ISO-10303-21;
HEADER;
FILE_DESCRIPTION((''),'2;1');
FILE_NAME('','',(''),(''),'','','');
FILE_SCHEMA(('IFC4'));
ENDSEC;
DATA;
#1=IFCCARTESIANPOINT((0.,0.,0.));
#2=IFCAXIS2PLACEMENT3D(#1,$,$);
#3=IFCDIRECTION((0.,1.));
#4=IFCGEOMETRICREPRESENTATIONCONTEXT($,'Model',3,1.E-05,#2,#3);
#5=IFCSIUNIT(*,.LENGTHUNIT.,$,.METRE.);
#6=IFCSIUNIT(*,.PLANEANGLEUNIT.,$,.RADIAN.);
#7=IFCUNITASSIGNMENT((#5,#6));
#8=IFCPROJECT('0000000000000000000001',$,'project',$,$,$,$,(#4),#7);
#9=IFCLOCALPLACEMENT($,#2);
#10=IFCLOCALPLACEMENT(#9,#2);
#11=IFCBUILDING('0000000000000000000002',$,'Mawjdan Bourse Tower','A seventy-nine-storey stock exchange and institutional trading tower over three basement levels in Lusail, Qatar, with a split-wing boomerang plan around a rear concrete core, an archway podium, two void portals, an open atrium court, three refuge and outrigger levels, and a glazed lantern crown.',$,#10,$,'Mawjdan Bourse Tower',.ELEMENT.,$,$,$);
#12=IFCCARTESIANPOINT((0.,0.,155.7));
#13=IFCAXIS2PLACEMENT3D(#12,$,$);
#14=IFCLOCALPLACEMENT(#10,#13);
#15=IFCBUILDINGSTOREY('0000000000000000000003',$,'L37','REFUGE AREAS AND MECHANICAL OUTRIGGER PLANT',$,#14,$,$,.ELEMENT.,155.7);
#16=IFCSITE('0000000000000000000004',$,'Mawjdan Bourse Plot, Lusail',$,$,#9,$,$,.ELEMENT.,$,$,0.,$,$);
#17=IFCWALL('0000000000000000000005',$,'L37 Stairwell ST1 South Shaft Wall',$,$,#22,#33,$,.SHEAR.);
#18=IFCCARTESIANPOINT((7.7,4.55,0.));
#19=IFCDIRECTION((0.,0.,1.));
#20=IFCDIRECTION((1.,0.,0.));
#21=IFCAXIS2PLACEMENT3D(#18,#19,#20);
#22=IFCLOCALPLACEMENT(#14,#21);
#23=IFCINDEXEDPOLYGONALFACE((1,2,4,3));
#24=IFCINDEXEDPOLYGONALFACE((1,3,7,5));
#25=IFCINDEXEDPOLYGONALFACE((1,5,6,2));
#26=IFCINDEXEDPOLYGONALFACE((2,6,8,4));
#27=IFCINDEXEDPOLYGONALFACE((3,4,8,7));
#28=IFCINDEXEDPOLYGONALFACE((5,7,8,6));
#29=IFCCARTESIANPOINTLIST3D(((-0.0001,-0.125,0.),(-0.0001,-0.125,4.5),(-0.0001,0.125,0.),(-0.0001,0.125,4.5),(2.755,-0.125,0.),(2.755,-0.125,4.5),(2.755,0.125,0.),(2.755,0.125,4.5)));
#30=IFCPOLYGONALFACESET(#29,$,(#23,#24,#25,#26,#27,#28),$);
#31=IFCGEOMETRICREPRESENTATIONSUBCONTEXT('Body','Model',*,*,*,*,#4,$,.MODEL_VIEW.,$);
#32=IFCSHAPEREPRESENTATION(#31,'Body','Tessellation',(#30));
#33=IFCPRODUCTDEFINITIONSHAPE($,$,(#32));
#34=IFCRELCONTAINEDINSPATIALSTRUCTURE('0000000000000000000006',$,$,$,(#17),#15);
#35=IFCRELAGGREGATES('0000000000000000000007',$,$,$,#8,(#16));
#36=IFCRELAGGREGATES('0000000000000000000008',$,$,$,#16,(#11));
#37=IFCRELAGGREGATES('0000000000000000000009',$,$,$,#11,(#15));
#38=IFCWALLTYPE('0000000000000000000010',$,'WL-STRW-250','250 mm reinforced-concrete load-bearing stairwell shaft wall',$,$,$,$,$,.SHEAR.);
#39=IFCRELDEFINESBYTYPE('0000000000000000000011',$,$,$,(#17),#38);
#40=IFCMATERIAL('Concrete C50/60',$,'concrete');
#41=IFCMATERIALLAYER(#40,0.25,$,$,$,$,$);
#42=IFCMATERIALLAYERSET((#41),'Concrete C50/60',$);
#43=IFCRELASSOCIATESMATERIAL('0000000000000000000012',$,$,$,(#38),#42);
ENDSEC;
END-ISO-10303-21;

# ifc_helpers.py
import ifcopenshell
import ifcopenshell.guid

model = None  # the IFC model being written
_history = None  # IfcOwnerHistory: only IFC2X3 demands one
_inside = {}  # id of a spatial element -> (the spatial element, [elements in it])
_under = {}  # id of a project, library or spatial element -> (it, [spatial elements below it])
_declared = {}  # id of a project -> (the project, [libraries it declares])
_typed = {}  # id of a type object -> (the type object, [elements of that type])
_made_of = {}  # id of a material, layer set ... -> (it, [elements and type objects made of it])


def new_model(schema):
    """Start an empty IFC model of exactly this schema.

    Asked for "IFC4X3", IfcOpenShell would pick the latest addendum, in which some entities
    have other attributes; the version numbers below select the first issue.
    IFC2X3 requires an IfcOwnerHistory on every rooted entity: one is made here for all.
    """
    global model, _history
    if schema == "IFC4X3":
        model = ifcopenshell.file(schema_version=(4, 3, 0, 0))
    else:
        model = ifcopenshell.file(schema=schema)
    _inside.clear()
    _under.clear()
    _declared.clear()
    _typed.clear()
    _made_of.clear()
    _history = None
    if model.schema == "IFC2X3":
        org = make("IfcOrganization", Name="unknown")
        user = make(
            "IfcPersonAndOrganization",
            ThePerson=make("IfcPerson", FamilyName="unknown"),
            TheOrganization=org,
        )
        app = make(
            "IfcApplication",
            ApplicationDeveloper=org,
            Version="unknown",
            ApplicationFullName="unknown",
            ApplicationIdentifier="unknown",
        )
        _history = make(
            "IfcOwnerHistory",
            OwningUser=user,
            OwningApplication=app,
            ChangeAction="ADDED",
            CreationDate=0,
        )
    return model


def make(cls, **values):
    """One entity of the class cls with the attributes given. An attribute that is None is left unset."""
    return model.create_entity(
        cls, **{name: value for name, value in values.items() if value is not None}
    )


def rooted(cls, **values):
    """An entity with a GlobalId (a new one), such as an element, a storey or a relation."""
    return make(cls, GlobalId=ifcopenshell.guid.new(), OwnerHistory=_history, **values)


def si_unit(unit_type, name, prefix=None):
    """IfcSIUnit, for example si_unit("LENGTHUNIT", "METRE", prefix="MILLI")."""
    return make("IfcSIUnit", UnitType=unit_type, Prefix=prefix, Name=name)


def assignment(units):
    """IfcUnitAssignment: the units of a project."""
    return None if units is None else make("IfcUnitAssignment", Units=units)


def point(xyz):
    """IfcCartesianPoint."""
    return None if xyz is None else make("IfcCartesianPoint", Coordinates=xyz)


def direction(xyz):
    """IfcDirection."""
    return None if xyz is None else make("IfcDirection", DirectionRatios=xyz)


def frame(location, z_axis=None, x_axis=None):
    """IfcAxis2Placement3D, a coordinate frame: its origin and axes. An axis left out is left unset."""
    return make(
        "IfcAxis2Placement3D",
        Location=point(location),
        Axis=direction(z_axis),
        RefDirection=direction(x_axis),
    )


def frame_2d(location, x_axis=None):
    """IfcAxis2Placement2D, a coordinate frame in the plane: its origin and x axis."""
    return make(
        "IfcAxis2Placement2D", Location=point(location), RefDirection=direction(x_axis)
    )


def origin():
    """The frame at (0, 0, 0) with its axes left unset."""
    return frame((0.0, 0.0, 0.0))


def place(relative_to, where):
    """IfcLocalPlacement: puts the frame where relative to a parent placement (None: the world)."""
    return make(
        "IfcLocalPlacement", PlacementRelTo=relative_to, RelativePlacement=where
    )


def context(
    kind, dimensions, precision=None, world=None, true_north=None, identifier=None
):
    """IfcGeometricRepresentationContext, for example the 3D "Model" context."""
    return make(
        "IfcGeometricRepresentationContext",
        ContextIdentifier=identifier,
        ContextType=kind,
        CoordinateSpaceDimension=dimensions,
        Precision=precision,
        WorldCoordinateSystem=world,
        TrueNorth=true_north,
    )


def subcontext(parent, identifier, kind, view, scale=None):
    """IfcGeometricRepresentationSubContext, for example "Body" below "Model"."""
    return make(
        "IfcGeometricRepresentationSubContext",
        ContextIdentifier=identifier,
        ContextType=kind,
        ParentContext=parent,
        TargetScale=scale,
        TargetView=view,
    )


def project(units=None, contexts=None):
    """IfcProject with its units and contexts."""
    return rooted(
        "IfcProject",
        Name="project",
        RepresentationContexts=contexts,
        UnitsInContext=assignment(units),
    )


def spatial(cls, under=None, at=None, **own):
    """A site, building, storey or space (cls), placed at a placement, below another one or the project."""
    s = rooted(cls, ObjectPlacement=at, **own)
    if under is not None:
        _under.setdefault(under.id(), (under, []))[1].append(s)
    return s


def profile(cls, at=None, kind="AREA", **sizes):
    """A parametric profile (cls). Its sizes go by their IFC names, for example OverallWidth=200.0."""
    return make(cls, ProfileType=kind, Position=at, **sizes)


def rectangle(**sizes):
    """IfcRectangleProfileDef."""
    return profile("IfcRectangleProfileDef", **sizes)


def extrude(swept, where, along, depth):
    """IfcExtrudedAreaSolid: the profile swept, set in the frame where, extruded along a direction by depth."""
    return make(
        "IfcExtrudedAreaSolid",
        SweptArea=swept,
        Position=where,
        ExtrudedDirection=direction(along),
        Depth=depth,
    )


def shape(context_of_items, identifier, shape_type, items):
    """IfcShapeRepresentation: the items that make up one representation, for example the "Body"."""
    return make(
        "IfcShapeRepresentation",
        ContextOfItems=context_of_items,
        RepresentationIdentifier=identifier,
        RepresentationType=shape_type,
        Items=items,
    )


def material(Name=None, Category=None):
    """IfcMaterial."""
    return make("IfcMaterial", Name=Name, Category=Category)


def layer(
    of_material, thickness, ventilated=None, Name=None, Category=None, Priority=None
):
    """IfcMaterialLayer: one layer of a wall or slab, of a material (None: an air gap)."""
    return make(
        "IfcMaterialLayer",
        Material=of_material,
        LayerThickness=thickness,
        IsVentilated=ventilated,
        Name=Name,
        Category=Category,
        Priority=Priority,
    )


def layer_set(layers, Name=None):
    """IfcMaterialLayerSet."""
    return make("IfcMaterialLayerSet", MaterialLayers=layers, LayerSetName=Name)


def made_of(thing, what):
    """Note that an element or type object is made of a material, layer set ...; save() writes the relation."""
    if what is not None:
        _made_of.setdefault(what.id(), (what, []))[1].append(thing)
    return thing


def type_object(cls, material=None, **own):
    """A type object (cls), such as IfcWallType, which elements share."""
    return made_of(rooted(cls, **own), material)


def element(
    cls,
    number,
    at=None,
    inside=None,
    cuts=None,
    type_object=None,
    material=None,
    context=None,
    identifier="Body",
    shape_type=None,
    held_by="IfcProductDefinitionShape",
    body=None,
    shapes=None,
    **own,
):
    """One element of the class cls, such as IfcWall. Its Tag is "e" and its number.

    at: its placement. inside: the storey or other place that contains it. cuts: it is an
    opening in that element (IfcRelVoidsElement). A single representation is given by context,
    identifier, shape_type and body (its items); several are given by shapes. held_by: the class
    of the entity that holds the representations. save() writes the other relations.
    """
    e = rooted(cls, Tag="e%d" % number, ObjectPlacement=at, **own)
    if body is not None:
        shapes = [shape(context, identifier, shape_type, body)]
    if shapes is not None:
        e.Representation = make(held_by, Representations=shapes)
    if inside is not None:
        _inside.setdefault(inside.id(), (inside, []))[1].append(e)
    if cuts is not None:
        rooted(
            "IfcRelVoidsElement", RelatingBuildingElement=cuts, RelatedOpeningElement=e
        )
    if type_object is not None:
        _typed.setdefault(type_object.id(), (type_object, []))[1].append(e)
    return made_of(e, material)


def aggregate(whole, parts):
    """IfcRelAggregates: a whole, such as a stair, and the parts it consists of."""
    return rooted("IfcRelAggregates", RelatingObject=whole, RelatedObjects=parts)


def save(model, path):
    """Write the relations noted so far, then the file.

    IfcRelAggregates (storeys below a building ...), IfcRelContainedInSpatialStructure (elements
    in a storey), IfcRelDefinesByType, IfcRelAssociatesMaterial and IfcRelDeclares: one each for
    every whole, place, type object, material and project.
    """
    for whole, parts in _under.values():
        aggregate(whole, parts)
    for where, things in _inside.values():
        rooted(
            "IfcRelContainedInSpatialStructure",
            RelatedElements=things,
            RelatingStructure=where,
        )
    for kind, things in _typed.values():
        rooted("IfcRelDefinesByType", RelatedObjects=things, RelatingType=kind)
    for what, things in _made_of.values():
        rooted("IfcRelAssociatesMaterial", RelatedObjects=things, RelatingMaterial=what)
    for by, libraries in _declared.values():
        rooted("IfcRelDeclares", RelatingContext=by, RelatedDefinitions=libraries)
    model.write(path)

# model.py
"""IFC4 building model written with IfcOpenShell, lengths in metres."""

from ifc_helpers import new_model, si_unit, direction, frame, frame_2d, origin, place, context, subcontext, project, spatial, rectangle, extrude, material, layer, layer_set, type_object, element, save


model = new_model("IFC4")

# Units and contexts
model_context = context("Model", 3, precision=1e-05, world=origin(), true_north=direction((0.0, 1.0)))
body_context = subcontext(model_context, "Body", "Model", "MODEL_VIEW")
ifc_project = project(units=[si_unit("LENGTHUNIT", "METRE"), si_unit("PLANEANGLEUNIT", "RADIAN")], contexts=[model_context])

# Site, building, storey
site_placement = place(None, origin())
site = spatial("IfcSite", under=ifc_project, at=site_placement, Name="Mawjdan Bourse Plot, Lusail", CompositionType="ELEMENT", RefElevation=0.0)
building_placement = place(site_placement, origin())
building = spatial("IfcBuilding", under=site, at=building_placement, Name="Mawjdan Bourse Tower", Description="A seventy-nine-storey stock exchange and institutional trading tower over three basement levels in Lusail, Qatar, with a split-wing boomerang plan around a rear concrete core, an archway podium, two void portals, an open atrium court, three refuge and outrigger levels, and a glazed lantern crown.", LongName="Mawjdan Bourse Tower", CompositionType="ELEMENT")
storey_placement = place(building_placement, frame((0.0, 0.0, 155.7)))
storey = spatial("IfcBuildingStorey", under=building, at=storey_placement, Name="L37", Description="REFUGE AREAS AND MECHANICAL OUTRIGGER PLANT", CompositionType="ELEMENT", Elevation=155.7)

# Shared definitions
ifc_material_1 = material(Name="Concrete C50/60", Category="concrete")

# Wall
ifc_layer_1 = layer(ifc_material_1, 0.25)
ifc_layer_set_1 = layer_set([ifc_layer_1], Name="Concrete C50/60")
wall_type_1 = type_object("IfcWallType", Name="WL-STRW-250", Description="250 mm reinforced-concrete load-bearing stairwell shaft wall", PredefinedType="SHEAR", material=ifc_layer_set_1)
wall_1_placement = place(storey_placement, frame((7.7, 4.55, 0.0), z_axis=(0.0, 0.0, 1.0), x_axis=(1.0, 0.0, 0.0)))
element("IfcWall", 1, at=wall_1_placement, inside=storey, type_object=wall_type_1, Name="L37 Stairwell ST1 South Shaft Wall", PredefinedType="SHEAR", context=body_context, shape_type="SweptSolid", body=[
    extrude(rectangle(XDim=2.7551, YDim=0.25, at=frame_2d((1.3774, 0.0))), origin(), (0.0, 0.0, 1.0), 4.5),
])

save(model, "model.ifc")
